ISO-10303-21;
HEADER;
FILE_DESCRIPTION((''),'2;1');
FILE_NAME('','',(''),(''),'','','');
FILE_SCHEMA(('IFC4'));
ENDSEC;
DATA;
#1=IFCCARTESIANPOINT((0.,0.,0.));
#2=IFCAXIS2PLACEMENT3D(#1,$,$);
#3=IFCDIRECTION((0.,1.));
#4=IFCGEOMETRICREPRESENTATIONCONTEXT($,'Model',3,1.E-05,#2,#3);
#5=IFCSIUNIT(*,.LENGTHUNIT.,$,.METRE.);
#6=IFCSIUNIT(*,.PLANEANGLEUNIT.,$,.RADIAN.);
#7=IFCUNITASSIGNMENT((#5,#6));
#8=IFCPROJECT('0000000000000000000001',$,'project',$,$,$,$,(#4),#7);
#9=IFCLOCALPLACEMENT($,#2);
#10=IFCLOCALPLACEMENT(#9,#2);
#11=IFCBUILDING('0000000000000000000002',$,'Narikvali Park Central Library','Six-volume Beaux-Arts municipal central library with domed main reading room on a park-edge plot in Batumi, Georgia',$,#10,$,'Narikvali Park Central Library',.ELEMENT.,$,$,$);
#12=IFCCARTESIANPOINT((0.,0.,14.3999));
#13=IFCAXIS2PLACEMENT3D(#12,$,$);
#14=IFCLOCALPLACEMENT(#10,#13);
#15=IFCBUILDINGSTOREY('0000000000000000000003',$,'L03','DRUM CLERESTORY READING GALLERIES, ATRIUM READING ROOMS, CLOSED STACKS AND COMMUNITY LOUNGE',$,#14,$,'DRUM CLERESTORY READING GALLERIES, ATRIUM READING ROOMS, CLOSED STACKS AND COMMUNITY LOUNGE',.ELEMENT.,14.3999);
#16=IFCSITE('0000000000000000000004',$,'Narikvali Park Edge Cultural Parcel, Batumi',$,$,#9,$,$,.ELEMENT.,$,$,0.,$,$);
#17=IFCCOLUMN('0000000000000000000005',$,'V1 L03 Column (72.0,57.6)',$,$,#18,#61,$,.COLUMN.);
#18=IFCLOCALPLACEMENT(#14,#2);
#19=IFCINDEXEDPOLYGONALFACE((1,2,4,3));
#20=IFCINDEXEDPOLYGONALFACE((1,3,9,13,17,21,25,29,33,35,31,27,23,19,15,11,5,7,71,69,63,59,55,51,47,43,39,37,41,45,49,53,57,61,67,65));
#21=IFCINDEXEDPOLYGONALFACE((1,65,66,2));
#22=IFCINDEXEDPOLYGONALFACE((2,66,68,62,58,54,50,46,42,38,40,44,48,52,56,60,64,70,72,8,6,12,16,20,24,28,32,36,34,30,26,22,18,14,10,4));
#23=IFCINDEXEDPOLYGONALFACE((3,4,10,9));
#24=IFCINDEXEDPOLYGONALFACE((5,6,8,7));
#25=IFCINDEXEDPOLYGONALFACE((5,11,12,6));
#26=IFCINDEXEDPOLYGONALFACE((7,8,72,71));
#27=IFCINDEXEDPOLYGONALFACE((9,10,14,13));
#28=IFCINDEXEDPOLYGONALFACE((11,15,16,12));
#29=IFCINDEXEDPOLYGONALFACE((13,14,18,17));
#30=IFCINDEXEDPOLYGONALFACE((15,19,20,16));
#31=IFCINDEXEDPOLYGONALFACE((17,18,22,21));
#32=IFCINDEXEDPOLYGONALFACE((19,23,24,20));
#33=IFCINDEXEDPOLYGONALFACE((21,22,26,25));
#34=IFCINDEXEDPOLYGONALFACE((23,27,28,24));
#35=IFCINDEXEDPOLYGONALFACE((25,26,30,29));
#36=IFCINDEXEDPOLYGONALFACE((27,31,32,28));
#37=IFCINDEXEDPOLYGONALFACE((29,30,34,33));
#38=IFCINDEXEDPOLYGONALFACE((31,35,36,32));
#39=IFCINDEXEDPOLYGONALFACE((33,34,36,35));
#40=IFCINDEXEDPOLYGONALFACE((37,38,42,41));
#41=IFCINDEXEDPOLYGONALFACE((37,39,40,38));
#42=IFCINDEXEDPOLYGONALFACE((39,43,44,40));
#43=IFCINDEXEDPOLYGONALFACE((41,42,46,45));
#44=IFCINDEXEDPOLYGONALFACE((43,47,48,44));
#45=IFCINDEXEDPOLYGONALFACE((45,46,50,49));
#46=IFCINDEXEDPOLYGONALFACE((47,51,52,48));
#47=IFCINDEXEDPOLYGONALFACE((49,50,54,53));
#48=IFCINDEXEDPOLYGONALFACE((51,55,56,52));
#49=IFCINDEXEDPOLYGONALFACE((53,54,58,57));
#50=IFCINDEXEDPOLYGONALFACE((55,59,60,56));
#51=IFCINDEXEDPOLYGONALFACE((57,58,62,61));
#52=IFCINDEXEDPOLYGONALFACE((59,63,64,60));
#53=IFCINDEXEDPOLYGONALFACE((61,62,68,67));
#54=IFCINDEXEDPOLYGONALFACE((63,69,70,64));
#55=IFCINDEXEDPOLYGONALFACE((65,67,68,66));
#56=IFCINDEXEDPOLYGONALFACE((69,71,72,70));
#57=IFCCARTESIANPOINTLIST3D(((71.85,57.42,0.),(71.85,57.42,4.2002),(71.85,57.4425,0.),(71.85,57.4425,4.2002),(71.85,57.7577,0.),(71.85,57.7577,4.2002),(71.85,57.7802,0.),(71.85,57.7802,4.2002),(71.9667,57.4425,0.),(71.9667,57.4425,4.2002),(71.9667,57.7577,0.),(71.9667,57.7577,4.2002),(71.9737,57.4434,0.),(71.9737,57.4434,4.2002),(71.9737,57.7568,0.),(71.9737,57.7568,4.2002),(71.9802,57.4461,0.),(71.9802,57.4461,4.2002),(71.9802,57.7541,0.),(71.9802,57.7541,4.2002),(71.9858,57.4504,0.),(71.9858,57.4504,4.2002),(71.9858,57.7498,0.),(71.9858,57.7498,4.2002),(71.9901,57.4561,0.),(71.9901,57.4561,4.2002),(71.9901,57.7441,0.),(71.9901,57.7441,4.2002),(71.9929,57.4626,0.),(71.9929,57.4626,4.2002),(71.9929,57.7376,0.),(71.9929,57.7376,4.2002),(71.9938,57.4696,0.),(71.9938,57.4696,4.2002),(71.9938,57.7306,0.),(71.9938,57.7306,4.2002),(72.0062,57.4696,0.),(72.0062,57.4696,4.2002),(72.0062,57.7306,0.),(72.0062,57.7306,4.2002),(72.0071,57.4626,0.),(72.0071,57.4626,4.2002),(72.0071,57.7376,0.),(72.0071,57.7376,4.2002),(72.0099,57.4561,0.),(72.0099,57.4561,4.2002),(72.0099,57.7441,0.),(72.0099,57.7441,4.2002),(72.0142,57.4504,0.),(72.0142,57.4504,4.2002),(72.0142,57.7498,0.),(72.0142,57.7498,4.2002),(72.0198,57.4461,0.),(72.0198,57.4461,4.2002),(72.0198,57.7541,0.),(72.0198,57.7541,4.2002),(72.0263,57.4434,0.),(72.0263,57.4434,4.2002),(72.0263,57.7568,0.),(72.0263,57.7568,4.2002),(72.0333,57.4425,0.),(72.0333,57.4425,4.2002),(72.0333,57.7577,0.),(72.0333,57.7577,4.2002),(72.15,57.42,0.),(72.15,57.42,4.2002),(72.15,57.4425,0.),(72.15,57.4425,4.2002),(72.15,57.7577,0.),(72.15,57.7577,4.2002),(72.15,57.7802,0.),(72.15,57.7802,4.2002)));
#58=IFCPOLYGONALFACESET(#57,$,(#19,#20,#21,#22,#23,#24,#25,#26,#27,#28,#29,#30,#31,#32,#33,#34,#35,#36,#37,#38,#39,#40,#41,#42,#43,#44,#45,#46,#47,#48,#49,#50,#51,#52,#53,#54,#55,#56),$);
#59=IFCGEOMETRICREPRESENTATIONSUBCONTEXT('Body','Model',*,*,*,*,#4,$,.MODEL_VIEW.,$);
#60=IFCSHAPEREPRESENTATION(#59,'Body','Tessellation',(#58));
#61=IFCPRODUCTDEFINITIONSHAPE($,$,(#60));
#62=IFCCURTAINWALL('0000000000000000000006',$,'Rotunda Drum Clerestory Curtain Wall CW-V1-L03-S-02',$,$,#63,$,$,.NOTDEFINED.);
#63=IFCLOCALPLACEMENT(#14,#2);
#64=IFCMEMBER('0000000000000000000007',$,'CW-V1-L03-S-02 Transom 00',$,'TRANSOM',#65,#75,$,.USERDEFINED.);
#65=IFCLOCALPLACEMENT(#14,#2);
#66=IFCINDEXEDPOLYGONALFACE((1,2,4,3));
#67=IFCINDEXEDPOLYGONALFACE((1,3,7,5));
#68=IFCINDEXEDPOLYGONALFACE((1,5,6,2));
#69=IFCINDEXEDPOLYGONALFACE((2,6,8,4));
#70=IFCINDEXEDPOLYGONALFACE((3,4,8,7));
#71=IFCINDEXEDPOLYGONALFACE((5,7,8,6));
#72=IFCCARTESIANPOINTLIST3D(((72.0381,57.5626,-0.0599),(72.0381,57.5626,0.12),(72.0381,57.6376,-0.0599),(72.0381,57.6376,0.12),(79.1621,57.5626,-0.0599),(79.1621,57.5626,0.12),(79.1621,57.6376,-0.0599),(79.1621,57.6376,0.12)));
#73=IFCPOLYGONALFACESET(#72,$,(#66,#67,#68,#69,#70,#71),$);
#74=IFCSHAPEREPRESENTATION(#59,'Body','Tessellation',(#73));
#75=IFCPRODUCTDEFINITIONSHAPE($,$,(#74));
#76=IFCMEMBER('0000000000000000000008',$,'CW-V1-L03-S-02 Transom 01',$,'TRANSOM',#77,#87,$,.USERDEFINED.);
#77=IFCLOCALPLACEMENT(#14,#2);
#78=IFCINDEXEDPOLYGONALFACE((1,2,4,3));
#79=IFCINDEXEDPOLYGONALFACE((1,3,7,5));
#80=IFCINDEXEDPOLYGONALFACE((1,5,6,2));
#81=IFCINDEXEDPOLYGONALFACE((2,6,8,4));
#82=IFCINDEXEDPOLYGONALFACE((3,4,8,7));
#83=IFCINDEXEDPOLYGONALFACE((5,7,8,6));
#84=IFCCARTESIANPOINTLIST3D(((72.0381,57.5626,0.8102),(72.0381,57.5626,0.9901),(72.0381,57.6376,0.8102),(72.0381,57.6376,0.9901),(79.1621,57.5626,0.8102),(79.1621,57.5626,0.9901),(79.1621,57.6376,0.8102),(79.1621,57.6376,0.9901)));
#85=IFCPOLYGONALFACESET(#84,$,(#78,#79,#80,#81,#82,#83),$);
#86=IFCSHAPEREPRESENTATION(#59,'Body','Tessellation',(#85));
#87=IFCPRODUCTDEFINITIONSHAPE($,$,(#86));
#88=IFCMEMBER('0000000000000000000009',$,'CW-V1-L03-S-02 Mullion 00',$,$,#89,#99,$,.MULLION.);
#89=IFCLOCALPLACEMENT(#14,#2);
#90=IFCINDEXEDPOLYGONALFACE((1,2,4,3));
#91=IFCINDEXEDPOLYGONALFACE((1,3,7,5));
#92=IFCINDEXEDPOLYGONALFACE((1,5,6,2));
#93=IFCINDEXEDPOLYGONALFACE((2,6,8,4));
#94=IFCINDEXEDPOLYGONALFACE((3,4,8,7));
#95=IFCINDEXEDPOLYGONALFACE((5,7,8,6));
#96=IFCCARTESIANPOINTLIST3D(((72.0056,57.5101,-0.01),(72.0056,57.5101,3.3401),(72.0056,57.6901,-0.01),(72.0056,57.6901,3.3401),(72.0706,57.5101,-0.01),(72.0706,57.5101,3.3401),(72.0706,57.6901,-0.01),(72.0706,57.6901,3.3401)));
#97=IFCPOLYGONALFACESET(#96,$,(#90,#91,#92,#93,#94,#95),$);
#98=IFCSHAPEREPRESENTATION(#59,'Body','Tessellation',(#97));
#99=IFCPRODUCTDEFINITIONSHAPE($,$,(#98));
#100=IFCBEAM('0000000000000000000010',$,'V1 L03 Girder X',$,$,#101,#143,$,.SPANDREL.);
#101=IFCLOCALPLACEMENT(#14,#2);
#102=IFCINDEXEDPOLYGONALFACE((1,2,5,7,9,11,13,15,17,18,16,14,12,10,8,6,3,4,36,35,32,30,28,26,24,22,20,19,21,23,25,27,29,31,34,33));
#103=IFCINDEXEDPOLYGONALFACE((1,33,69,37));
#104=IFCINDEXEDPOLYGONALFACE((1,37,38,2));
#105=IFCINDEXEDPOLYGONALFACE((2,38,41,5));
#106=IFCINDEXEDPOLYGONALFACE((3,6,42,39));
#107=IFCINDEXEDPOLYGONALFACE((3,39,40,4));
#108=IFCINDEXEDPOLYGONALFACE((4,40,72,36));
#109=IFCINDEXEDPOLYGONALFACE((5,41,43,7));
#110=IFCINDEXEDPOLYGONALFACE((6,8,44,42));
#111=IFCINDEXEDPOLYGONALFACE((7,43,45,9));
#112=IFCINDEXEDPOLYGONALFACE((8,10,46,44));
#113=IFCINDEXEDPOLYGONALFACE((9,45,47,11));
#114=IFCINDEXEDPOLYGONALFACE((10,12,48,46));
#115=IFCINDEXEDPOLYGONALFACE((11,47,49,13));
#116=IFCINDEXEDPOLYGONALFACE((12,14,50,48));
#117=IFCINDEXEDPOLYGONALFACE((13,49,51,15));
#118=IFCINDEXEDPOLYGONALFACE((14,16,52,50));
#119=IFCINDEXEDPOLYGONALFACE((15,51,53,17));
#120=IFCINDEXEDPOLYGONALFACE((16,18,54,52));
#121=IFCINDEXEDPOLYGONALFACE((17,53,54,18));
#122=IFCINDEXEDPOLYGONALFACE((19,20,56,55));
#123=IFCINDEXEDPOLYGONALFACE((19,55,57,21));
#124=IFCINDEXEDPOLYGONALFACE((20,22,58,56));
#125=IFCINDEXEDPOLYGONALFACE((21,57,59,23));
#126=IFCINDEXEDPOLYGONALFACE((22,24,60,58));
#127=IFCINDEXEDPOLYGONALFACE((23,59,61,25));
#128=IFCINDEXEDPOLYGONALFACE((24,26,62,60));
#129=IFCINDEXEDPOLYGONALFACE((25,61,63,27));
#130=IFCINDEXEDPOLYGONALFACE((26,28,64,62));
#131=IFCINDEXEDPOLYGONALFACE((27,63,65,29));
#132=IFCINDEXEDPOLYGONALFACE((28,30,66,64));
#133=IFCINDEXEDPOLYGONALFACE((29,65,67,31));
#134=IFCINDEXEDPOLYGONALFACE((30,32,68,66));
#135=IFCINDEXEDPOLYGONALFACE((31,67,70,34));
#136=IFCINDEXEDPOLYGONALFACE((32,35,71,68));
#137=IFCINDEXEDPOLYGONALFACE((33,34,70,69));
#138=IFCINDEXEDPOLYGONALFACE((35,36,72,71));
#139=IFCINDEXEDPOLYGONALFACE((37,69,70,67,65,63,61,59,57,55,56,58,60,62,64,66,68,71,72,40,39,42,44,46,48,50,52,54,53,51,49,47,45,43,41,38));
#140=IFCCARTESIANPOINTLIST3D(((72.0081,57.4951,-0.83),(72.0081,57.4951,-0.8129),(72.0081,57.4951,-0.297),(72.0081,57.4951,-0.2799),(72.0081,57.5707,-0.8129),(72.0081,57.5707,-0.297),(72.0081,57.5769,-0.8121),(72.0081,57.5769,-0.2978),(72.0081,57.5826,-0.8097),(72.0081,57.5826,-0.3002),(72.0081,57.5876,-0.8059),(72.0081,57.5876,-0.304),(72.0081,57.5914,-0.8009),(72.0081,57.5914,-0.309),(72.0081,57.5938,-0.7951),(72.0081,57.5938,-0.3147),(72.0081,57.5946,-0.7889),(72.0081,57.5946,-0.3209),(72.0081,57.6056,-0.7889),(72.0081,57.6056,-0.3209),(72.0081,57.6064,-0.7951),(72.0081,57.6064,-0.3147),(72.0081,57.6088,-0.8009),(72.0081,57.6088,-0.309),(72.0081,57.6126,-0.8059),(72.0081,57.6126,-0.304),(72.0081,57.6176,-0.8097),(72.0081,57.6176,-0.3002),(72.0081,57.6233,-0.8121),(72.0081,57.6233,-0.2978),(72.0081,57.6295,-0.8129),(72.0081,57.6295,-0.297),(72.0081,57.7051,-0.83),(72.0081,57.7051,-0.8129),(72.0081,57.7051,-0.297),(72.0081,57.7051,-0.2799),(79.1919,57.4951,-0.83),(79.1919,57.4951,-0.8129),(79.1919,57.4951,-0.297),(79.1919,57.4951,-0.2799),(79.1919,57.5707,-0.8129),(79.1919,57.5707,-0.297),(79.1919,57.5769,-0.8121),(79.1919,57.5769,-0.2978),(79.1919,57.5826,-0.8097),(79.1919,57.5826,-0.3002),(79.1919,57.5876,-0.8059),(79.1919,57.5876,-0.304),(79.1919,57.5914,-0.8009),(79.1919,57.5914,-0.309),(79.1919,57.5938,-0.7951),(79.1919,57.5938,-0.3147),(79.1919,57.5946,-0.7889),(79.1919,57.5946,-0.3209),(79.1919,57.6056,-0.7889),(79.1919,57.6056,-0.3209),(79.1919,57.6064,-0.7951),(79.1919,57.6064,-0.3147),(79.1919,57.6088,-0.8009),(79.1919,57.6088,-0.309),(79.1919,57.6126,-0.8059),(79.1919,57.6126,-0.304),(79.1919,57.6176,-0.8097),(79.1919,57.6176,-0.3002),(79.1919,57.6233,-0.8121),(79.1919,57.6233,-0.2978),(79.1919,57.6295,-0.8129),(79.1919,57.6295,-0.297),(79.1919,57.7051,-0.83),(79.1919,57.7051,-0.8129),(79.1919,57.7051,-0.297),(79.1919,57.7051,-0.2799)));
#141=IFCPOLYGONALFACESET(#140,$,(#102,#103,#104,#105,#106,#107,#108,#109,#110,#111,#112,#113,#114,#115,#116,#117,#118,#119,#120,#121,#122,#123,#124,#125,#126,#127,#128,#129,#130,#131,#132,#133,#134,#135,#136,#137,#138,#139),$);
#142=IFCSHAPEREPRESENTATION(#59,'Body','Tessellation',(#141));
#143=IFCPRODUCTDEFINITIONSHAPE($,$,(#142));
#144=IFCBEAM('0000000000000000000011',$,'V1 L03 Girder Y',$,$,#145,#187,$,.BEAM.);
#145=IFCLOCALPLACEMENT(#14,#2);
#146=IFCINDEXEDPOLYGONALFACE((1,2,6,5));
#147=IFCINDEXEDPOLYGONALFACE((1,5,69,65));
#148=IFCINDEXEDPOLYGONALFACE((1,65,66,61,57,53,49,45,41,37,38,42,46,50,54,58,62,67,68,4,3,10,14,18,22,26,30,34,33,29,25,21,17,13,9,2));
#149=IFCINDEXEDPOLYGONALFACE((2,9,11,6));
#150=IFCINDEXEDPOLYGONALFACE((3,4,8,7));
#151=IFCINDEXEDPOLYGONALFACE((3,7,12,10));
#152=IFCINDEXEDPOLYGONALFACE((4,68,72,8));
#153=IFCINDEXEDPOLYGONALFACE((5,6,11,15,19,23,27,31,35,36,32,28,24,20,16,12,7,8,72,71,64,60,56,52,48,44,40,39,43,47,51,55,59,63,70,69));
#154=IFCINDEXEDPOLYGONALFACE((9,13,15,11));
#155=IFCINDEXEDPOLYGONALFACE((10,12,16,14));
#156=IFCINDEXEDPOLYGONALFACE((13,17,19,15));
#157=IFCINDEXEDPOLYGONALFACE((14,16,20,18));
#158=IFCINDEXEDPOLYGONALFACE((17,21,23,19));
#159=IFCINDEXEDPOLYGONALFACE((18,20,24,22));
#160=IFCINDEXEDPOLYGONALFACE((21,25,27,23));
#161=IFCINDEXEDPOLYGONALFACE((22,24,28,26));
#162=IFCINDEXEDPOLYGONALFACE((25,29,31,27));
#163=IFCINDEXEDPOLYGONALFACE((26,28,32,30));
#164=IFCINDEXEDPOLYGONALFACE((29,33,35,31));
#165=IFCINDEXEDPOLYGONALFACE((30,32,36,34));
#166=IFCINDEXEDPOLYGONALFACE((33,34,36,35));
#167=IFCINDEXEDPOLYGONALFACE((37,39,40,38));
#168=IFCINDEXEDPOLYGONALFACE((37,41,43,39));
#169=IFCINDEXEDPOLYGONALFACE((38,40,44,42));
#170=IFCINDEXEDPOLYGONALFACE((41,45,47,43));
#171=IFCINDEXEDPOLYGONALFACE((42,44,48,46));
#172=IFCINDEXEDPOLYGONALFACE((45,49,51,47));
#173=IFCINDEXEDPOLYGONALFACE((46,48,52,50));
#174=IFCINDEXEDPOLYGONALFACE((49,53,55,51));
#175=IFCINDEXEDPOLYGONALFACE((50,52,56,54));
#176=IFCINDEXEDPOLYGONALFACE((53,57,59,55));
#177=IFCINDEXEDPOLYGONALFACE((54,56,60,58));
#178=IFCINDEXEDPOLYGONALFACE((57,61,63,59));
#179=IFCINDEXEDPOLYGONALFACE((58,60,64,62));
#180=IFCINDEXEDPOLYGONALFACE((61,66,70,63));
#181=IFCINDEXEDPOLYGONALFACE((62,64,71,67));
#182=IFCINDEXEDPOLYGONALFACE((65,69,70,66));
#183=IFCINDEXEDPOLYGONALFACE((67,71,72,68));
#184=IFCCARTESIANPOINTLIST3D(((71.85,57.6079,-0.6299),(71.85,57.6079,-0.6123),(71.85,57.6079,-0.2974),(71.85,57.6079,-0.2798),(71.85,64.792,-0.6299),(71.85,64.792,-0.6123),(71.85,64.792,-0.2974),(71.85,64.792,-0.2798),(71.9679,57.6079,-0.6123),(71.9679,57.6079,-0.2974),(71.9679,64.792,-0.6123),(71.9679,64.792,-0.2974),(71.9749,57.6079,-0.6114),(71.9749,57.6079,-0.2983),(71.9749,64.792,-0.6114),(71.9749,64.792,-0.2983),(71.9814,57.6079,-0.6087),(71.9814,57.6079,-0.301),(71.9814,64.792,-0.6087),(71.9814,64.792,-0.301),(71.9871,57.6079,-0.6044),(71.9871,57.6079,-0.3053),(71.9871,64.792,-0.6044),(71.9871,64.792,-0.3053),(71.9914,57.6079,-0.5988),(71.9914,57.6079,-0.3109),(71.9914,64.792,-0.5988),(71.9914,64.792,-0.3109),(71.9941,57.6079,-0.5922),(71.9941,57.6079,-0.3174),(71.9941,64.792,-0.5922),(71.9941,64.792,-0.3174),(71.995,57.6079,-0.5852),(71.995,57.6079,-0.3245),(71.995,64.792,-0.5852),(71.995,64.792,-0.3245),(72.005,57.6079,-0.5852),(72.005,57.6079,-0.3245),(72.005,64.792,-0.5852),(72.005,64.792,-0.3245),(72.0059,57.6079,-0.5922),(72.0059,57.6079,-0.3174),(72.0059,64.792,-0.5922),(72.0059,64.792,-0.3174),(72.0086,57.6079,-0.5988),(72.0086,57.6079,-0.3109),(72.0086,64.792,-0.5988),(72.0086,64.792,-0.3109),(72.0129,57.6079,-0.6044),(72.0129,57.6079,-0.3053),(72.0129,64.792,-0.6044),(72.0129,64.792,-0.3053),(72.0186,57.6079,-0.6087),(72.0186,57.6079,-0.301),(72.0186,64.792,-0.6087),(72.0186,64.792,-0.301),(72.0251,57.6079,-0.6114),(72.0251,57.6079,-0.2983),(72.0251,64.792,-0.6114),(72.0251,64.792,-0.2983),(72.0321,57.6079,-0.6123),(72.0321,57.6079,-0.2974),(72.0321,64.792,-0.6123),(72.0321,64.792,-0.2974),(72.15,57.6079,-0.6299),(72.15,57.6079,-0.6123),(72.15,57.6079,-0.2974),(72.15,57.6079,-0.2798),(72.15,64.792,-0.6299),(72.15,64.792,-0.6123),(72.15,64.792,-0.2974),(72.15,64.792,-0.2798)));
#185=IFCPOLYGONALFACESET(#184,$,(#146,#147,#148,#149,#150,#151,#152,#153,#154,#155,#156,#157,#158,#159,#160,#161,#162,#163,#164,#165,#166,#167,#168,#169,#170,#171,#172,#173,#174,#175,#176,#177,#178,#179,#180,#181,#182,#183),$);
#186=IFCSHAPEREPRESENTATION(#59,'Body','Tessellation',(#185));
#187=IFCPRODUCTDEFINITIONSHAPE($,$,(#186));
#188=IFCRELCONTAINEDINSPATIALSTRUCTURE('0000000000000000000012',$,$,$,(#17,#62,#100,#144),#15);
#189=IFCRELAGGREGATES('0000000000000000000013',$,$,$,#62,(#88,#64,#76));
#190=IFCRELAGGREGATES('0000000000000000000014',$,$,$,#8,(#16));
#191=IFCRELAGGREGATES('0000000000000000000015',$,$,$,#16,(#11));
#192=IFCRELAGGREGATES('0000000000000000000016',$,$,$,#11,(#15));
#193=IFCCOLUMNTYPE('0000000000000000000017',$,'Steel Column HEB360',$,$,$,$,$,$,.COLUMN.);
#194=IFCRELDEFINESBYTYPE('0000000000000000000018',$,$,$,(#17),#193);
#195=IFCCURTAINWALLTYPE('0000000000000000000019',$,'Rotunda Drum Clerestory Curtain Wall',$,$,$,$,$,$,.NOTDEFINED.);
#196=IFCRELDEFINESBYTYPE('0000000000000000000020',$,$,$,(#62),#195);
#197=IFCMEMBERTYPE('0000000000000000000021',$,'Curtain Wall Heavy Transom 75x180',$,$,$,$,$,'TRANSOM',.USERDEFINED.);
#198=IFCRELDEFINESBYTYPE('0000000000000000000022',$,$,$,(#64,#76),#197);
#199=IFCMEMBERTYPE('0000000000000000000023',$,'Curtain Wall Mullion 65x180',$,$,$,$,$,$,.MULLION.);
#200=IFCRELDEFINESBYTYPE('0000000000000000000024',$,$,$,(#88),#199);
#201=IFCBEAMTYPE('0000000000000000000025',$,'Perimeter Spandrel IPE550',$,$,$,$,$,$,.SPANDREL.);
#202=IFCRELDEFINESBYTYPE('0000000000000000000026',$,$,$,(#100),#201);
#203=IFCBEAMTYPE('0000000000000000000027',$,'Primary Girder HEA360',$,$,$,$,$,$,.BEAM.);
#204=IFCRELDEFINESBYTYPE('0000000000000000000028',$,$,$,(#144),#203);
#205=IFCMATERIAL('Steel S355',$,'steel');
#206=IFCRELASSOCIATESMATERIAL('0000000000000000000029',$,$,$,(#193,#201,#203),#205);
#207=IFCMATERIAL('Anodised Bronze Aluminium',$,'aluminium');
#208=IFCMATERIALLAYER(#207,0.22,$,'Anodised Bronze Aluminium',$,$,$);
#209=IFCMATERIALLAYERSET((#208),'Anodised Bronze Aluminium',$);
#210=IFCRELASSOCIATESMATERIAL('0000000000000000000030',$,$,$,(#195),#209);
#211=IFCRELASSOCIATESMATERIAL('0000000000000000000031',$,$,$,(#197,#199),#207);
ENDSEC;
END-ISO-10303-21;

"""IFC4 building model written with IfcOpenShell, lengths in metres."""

from ifc_helpers import new_model, si_unit, direction, frame, origin, origin_2d, place, context, subcontext, project, spatial, rectangle, i_section, extrude, material, layer, layer_set, material_profile, profile_set, type_object, element, aggregate, save


model = new_model("IFC4")

# Units and contexts
model_context = context("Model", 3, precision=1e-05, world=origin(), true_north=direction((0.0, 1.0)))
body_context = subcontext(model_context, "Body", "Model", "MODEL_VIEW")
ifc_project = project(units=[si_unit("LENGTHUNIT", "METRE"), si_unit("PLANEANGLEUNIT", "RADIAN")], contexts=[model_context])

# Site, building, storey
site_placement = place(None, origin())
site = spatial("IfcSite", under=ifc_project, at=site_placement, Name="Narikvali Park Edge Cultural Parcel, Batumi", CompositionType="ELEMENT", RefElevation=0.0)
building_placement = place(site_placement, origin())
building = spatial("IfcBuilding", under=site, at=building_placement, Name="Narikvali Park Central Library", Description="Six-volume Beaux-Arts municipal central library with domed main reading room on a park-edge plot in Batumi, Georgia", LongName="Narikvali Park Central Library", CompositionType="ELEMENT")
storey_placement = place(building_placement, frame((0.0, 0.0, 14.3999)))
storey = spatial("IfcBuildingStorey", under=building, at=storey_placement, Name="L03", Description="DRUM CLERESTORY READING GALLERIES, ATRIUM READING ROOMS, CLOSED STACKS AND COMMUNITY LOUNGE", LongName="DRUM CLERESTORY READING GALLERIES, ATRIUM READING ROOMS, CLOSED STACKS AND COMMUNITY LOUNGE", CompositionType="ELEMENT", Elevation=14.3999)

# Column
ifc_material_1 = material(Name="Steel S355", Category="steel")
ifc_material_profile_1 = material_profile(ifc_material_1, i_section(OverallWidth=0.3, OverallDepth=0.3601, WebThickness=0.0125, FlangeThickness=0.0225, FilletRadius=0.0271, at=origin_2d()), Name="HEB 360")
ifc_profile_set_1 = profile_set([ifc_material_profile_1], Name="Steel S355")
column_type = type_object("IfcColumnType", Name="Steel Column HEB360", PredefinedType="COLUMN", material=ifc_profile_set_1)
column_placement = place(storey_placement, frame((72.0, 57.6001, 0.0), z_axis=(0.0, 0.0, 1.0), x_axis=(1.0, 0.0, 0.0)))
element("IfcColumn", 1, at=column_placement, inside=storey, type_object=column_type, Name="V1 L03 Column (72.0,57.6)", PredefinedType="COLUMN", context=body_context, shape_type="SweptSolid", body=[
    extrude(i_section(OverallWidth=0.3, OverallDepth=0.3601, WebThickness=0.0125, FlangeThickness=0.0225, FilletRadius=0.0271, at=origin_2d()), origin(), (0.0, 0.0, 1.0), 4.2002),
])

# Curtain wall, members
ifc_material_2 = material(Name="Anodised Bronze Aluminium", Category="aluminium")
ifc_layer_1 = layer(ifc_material_2, 0.22, Name="Anodised Bronze Aluminium")
ifc_layer_set_1 = layer_set([ifc_layer_1], Name="Anodised Bronze Aluminium")
curtain_wall_type = type_object("IfcCurtainWallType", Name="Rotunda Drum Clerestory Curtain Wall", PredefinedType="NOTDEFINED", material=ifc_layer_set_1)
curtain_wall_placement = place(storey_placement, origin())
curtain_wall = element("IfcCurtainWall", 2, at=curtain_wall_placement, inside=storey, type_object=curtain_wall_type, Name="Rotunda Drum Clerestory Curtain Wall CW-V1-L03-S-02", PredefinedType="NOTDEFINED")
ifc_material_profile_2 = material_profile(ifc_material_2, rectangle(XDim=0.075, YDim=0.1799, at=origin_2d()), Name="CW TRANSOM 75x180")
ifc_profile_set_2 = profile_set([ifc_material_profile_2], Name="Anodised Bronze Aluminium")
member_type_1 = type_object("IfcMemberType", Name="Curtain Wall Heavy Transom 75x180", ElementType="TRANSOM", PredefinedType="USERDEFINED", material=ifc_profile_set_2)
member_1_placement = place(storey_placement, frame((72.0381, 57.6001, 0.03), z_axis=(1.0, 0.0, 0.0), x_axis=(0.0, 1.0, 0.0)))
member_1 = element("IfcMember", 3, at=member_1_placement, type_object=member_type_1, Name="CW-V1-L03-S-02 Transom 00", ObjectType="TRANSOM", PredefinedType="USERDEFINED", context=body_context, shape_type="SweptSolid", body=[
    extrude(rectangle(XDim=0.075, YDim=0.1799, at=origin_2d()), origin(), (0.0, 0.0, 1.0), 7.124),
])
member_2_placement = place(storey_placement, frame((72.0381, 57.6001, 0.9001), z_axis=(1.0, 0.0, 0.0), x_axis=(0.0, 1.0, 0.0)))
member_2 = element("IfcMember", 4, at=member_2_placement, type_object=member_type_1, Name="CW-V1-L03-S-02 Transom 01", ObjectType="TRANSOM", PredefinedType="USERDEFINED", context=body_context, shape_type="SweptSolid", body=[
    extrude(rectangle(XDim=0.075, YDim=0.1799, at=origin_2d()), origin(), (0.0, 0.0, 1.0), 7.124),
])
ifc_material_profile_3 = material_profile(ifc_material_2, rectangle(XDim=0.0649, YDim=0.1799, at=origin_2d()), Name="CW MULLION 65x180")
ifc_profile_set_3 = profile_set([ifc_material_profile_3], Name="Anodised Bronze Aluminium")
member_type_2 = type_object("IfcMemberType", Name="Curtain Wall Mullion 65x180", PredefinedType="MULLION", material=ifc_profile_set_3)
member_3_placement = place(storey_placement, frame((72.0381, 57.6001, -0.01), z_axis=(0.0, 0.0, 1.0), x_axis=(1.0, 0.0, 0.0)))
member_3 = element("IfcMember", 5, at=member_3_placement, type_object=member_type_2, Name="CW-V1-L03-S-02 Mullion 00", PredefinedType="MULLION", context=body_context, shape_type="SweptSolid", body=[
    extrude(rectangle(XDim=0.0649, YDim=0.1799, at=origin_2d()), origin(), (0.0, 0.0, 1.0), 3.3501),
])
aggregate(curtain_wall, [member_3, member_1, member_2])

# Beams
ifc_material_profile_4 = material_profile(ifc_material_1, i_section(OverallWidth=0.21, OverallDepth=0.55, WebThickness=0.011, FlangeThickness=0.0171, FilletRadius=0.0239, at=origin_2d()), Name="IPE 550")
ifc_profile_set_4 = profile_set([ifc_material_profile_4], Name="Steel S355")
beam_type_1 = type_object("IfcBeamType", Name="Perimeter Spandrel IPE550", PredefinedType="SPANDREL", material=ifc_profile_set_4)
beam_1_placement = place(storey_placement, frame((72.0081, 57.6001, -0.5549), z_axis=(1.0, 0.0, 0.0), x_axis=(0.0, 1.0, 0.0)))
element("IfcBeam", 6, at=beam_1_placement, inside=storey, type_object=beam_type_1, Name="V1 L03 Girder X", PredefinedType="SPANDREL", context=body_context, shape_type="SweptSolid", body=[
    extrude(i_section(OverallWidth=0.21, OverallDepth=0.55, WebThickness=0.011, FlangeThickness=0.0171, FilletRadius=0.0239, at=origin_2d()), origin(), (0.0, 0.0, 1.0), 7.1838),
])
ifc_material_profile_5 = material_profile(ifc_material_1, i_section(OverallWidth=0.3, OverallDepth=0.3501, WebThickness=0.01, FlangeThickness=0.0176, FilletRadius=0.0271, at=origin_2d()), Name="HEA 360")
ifc_profile_set_5 = profile_set([ifc_material_profile_5], Name="Steel S355")
beam_type_2 = type_object("IfcBeamType", Name="Primary Girder HEA360", PredefinedType="BEAM", material=ifc_profile_set_5)
beam_2_placement = place(storey_placement, frame((72.0, 57.6079, -0.4548), z_axis=(0.0, 1.0, 0.0), x_axis=(-1.0, 0.0, 0.0)))
element("IfcBeam", 7, at=beam_2_placement, inside=storey, type_object=beam_type_2, Name="V1 L03 Girder Y", PredefinedType="BEAM", context=body_context, shape_type="SweptSolid", body=[
    extrude(i_section(OverallWidth=0.3, OverallDepth=0.3501, WebThickness=0.01, FlangeThickness=0.0176, FilletRadius=0.0271, at=origin_2d()), origin(), (0.0, 0.0, 1.0), 7.1841),
])

save(model, "model.ifc")
